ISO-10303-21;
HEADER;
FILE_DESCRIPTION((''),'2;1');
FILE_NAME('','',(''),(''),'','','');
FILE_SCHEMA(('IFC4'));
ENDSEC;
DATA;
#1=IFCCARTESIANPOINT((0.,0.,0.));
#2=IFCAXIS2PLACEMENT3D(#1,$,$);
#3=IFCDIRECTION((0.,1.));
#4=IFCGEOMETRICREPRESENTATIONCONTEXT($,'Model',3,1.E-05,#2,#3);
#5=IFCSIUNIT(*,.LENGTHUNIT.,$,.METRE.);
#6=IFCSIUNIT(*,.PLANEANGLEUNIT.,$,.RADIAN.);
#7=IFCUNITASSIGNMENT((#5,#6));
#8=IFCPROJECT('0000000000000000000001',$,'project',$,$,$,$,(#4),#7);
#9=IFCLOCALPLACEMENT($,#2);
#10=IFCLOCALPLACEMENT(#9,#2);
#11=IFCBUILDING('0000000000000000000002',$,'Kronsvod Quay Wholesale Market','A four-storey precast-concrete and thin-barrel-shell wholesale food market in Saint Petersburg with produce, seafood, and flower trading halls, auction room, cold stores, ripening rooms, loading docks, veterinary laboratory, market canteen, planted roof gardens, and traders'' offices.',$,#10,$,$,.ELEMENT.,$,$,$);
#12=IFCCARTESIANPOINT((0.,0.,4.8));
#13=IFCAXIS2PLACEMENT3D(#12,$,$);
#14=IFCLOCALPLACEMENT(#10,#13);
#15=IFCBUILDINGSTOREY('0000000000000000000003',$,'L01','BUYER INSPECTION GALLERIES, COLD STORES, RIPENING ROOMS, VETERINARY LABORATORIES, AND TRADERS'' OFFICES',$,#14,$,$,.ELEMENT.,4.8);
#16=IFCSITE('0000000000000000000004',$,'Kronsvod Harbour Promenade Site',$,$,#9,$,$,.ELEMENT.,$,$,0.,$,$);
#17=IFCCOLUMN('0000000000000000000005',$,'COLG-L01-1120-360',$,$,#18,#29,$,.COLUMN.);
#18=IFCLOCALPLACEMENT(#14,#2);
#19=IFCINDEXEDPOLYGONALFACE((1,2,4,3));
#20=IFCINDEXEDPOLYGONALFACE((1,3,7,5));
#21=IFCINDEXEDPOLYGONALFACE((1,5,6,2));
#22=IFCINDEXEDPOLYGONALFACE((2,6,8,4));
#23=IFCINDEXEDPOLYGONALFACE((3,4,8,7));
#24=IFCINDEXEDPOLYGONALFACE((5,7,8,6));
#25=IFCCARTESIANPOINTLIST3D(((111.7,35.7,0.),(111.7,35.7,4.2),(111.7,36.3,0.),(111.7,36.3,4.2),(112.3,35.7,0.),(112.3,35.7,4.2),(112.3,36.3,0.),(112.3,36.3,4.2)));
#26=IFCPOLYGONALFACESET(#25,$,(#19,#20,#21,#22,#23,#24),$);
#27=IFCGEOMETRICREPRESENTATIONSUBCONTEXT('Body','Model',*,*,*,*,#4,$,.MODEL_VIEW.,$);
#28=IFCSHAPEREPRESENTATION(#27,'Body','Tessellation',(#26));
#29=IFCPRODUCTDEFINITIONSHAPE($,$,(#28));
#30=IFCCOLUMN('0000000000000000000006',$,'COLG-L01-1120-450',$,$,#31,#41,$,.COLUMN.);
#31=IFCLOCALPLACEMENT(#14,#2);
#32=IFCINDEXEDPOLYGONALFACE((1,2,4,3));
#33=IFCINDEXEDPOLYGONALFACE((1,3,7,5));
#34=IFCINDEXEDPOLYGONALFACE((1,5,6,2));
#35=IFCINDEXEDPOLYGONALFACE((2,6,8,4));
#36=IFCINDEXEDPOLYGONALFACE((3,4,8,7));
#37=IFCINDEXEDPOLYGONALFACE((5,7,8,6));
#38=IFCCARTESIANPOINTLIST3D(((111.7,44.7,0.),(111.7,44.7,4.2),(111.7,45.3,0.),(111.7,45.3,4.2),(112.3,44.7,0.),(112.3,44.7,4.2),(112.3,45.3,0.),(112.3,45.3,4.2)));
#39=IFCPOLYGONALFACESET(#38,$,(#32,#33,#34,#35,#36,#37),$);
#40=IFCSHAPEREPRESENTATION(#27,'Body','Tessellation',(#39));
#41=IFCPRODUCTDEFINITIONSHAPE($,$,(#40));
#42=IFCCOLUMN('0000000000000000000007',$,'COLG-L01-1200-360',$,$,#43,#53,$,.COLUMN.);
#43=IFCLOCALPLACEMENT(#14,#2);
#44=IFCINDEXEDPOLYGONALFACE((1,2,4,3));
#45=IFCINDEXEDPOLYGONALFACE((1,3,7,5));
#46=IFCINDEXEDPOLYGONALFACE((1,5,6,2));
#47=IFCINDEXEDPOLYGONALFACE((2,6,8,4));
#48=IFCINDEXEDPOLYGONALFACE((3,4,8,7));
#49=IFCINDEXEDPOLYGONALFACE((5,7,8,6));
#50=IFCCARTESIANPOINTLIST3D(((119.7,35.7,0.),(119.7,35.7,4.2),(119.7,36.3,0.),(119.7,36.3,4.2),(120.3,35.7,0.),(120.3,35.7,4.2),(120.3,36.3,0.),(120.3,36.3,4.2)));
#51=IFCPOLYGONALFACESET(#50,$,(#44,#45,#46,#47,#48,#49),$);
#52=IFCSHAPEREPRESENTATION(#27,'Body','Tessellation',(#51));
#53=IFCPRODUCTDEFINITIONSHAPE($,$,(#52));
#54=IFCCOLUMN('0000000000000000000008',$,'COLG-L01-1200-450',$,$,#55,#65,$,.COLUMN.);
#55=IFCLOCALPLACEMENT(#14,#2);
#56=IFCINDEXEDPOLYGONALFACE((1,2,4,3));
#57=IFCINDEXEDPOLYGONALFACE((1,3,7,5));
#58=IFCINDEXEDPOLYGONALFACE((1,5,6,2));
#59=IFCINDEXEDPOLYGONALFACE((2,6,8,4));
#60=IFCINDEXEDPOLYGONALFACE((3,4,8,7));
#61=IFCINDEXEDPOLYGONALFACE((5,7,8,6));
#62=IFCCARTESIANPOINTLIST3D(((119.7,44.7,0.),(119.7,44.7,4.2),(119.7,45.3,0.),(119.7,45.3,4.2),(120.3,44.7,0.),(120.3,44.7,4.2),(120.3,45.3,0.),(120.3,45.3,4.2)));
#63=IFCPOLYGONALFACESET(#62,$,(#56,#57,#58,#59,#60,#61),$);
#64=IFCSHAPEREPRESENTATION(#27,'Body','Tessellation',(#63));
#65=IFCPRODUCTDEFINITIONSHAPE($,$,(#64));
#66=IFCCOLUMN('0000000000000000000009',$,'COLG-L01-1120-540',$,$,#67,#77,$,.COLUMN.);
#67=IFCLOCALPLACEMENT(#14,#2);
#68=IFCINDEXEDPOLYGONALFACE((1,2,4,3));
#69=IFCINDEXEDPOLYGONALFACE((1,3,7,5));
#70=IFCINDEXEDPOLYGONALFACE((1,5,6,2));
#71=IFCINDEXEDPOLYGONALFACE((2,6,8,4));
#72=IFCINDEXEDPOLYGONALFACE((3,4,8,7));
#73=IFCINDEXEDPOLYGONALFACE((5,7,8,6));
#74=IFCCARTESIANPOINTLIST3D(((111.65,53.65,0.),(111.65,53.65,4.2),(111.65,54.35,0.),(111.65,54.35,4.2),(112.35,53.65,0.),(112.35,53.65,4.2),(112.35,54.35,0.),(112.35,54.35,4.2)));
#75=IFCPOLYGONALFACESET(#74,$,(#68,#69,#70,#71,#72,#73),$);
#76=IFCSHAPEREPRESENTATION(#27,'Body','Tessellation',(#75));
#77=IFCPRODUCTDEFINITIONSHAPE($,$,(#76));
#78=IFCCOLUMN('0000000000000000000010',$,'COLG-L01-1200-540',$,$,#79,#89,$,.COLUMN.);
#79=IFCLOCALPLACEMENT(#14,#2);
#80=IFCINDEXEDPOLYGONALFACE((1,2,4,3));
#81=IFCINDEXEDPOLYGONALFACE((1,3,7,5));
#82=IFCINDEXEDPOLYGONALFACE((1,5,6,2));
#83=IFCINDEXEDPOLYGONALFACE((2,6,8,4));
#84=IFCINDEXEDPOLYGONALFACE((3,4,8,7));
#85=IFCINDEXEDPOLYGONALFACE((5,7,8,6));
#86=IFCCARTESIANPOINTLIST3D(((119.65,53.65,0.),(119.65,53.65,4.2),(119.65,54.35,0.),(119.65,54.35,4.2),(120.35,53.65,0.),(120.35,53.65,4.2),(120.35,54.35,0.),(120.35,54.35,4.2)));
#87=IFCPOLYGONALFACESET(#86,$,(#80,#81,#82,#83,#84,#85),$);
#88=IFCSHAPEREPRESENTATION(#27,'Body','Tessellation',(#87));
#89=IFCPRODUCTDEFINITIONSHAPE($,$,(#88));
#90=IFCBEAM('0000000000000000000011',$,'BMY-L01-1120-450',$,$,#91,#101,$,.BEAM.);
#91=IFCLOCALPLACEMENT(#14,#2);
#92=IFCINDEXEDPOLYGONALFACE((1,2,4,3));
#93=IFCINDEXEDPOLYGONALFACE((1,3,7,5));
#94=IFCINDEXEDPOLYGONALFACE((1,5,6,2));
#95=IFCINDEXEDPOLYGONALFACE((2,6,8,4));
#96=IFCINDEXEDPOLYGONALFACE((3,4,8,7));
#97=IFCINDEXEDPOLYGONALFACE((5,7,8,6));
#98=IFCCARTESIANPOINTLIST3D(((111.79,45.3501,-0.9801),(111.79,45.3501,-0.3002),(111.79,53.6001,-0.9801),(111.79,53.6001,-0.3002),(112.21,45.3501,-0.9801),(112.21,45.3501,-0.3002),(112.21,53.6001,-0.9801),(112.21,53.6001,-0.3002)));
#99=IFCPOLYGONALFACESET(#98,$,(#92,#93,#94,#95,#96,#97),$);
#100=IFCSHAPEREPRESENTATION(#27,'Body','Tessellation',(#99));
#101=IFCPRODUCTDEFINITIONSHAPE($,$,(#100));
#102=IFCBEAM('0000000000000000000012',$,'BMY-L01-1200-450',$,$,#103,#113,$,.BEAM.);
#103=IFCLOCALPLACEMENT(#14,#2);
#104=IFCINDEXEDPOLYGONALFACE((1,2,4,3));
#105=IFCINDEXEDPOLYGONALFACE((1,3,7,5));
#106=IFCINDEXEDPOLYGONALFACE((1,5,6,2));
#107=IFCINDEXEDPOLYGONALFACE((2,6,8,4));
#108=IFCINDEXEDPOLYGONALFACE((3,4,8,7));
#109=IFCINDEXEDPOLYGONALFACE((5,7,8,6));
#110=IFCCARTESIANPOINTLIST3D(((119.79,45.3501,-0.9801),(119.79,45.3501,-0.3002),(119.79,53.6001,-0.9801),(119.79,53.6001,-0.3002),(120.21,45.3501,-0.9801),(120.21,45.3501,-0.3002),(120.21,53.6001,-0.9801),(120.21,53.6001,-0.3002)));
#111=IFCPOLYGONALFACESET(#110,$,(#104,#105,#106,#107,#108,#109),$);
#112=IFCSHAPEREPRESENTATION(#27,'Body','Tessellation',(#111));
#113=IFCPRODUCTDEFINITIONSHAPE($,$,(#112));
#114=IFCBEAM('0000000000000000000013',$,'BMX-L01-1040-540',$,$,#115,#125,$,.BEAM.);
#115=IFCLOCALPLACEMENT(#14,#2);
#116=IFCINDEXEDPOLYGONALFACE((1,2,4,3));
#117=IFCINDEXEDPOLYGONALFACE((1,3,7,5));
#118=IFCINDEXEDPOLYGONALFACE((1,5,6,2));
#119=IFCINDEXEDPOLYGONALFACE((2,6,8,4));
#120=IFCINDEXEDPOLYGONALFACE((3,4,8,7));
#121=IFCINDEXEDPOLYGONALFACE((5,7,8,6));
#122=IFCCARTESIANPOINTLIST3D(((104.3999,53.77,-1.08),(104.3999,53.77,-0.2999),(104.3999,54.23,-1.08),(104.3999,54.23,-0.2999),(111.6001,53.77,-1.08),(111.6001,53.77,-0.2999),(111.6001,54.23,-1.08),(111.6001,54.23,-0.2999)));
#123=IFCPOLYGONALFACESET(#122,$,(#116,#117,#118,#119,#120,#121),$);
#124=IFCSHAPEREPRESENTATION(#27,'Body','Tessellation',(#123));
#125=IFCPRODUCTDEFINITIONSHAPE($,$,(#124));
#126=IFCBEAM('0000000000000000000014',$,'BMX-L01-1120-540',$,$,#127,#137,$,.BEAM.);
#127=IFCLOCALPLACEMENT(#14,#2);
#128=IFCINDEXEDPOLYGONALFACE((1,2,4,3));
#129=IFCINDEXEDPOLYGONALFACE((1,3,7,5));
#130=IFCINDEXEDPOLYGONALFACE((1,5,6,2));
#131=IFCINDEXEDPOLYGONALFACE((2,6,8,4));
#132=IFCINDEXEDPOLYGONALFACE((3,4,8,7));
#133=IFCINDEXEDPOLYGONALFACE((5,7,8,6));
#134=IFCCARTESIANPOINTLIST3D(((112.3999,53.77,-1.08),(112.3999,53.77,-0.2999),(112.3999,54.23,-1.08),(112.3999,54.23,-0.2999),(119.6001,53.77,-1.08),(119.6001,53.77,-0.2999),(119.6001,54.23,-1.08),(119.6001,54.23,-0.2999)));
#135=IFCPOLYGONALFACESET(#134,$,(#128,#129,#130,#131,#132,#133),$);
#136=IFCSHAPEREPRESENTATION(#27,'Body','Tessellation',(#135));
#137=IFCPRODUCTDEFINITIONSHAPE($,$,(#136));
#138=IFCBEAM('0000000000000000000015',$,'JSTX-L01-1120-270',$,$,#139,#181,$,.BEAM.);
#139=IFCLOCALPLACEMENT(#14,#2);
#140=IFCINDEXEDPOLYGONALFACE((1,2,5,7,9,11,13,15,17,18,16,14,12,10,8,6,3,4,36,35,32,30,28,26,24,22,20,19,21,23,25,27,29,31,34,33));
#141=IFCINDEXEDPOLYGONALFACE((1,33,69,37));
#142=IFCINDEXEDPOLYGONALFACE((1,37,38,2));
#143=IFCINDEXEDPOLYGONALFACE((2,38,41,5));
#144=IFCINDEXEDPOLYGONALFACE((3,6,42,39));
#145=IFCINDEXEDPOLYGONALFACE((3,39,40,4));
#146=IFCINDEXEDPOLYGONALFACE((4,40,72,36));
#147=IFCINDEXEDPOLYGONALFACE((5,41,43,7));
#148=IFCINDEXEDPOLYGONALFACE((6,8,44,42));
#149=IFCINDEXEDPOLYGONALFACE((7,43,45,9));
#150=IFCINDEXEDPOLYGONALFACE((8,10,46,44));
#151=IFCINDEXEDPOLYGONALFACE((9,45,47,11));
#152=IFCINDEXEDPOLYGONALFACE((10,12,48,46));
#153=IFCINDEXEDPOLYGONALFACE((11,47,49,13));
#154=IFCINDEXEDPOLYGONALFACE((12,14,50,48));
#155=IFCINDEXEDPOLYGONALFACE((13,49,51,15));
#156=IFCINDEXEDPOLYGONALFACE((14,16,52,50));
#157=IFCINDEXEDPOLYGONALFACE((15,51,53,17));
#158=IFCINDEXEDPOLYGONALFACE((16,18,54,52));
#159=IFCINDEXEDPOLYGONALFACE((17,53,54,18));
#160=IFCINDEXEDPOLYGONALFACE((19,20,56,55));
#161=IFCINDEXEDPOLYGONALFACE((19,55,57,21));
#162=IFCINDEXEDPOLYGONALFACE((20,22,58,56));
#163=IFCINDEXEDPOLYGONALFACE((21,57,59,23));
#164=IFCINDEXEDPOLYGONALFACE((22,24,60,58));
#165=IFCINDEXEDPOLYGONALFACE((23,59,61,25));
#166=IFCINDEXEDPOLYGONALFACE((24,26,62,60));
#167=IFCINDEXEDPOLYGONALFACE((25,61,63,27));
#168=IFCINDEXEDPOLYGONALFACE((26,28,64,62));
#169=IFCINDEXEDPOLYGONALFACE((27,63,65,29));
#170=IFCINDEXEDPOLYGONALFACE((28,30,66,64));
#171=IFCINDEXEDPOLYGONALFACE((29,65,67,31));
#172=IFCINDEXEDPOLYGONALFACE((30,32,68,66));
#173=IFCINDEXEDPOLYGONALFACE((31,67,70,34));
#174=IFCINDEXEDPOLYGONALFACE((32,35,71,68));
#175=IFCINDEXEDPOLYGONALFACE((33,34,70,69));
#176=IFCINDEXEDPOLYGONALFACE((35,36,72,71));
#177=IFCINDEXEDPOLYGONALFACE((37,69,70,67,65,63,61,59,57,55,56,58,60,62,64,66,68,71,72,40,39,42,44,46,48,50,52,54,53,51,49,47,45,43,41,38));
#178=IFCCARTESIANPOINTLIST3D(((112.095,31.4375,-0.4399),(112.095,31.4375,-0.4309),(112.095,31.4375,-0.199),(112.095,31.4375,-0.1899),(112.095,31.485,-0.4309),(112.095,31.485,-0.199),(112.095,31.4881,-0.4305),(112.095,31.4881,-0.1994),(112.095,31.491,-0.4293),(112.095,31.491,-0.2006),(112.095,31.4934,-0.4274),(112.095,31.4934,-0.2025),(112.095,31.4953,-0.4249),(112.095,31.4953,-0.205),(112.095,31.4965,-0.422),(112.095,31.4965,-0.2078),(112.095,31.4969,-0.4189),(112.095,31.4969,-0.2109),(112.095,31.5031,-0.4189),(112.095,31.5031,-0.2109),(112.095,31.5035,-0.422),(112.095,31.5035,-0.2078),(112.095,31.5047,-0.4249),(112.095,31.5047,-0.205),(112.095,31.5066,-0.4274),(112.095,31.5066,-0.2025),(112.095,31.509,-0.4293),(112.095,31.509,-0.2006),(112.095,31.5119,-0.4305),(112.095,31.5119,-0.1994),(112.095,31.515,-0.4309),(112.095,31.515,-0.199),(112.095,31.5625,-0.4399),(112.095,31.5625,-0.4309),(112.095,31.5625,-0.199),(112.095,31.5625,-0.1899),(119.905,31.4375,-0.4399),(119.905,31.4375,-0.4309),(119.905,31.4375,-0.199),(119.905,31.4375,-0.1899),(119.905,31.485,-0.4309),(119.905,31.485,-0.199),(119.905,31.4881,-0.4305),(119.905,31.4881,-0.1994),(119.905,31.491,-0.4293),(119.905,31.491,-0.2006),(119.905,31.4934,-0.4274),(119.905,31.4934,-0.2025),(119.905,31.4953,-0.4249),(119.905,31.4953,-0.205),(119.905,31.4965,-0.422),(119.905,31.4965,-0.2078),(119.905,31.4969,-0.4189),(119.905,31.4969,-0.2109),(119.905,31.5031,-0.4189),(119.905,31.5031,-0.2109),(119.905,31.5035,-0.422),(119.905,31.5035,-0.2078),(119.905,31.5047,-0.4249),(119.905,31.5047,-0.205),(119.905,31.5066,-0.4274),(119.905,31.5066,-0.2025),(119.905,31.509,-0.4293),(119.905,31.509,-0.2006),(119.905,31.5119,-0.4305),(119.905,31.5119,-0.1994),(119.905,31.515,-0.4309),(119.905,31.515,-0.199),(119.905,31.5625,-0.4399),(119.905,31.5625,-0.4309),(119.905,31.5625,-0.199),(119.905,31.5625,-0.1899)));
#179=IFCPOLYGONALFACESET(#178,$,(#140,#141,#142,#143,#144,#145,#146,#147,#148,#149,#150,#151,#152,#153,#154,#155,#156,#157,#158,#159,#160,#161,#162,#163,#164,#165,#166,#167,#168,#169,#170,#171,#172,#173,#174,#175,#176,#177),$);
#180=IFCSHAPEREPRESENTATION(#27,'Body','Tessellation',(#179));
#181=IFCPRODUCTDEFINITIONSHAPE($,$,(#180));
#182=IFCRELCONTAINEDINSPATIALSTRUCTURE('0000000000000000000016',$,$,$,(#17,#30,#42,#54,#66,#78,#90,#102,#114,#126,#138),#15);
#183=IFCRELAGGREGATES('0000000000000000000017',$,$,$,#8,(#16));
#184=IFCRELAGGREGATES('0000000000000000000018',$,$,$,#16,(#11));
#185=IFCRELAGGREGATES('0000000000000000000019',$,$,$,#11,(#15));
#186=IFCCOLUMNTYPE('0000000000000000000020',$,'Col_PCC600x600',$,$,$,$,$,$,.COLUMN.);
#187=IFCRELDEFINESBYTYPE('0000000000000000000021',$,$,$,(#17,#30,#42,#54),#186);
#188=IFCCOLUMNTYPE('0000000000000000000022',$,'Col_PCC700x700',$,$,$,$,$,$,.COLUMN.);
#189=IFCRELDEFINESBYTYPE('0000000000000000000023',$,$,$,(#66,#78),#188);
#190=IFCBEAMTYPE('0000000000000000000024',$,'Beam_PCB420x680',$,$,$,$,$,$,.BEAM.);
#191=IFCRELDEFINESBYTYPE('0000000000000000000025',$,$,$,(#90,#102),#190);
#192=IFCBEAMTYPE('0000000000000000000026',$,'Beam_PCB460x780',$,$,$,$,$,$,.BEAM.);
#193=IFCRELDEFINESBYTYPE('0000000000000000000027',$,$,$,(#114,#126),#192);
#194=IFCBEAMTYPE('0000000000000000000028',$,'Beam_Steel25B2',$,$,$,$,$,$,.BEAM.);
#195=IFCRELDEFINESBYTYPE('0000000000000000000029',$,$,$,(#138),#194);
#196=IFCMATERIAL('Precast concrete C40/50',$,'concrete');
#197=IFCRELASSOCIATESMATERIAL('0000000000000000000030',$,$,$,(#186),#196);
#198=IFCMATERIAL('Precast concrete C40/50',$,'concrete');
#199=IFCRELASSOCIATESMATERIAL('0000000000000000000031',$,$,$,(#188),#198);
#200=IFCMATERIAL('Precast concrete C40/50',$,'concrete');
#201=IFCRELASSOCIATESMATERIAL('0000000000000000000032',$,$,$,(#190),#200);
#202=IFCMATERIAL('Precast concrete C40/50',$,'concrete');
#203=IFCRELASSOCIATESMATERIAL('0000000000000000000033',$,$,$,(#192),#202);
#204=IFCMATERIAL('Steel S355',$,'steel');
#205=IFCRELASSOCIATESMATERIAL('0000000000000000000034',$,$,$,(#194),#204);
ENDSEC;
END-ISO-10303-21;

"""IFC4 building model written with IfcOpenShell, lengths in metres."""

from ifc_helpers import new_model, si_unit, direction, frame, origin, origin_2d, place, context, subcontext, project, spatial, rectangle, i_section, extrude, material, material_profile, profile_set, type_object, element, save


model = new_model("IFC4")

# Units and contexts
model_context = context("Model", 3, precision=1e-05, world=origin(), true_north=direction((0.0, 1.0)))
body_context = subcontext(model_context, "Body", "Model", "MODEL_VIEW")
ifc_project = project(units=[si_unit("LENGTHUNIT", "METRE"), si_unit("PLANEANGLEUNIT", "RADIAN")], contexts=[model_context])

# Site, building, storey
site_placement = place(None, origin())
site = spatial("IfcSite", under=ifc_project, at=site_placement, Name="Kronsvod Harbour Promenade Site", CompositionType="ELEMENT", RefElevation=0.0)
building_placement = place(site_placement, origin())
building = spatial("IfcBuilding", under=site, at=building_placement, Name="Kronsvod Quay Wholesale Market", Description="A four-storey precast-concrete and thin-barrel-shell wholesale food market in Saint Petersburg with produce, seafood, and flower trading halls, auction room, cold stores, ripening rooms, loading docks, veterinary laboratory, market canteen, planted roof gardens, and traders' offices.", CompositionType="ELEMENT")
storey_placement = place(building_placement, frame((0.0, 0.0, 4.8)))
storey = spatial("IfcBuildingStorey", under=building, at=storey_placement, Name="L01", Description="BUYER INSPECTION GALLERIES, COLD STORES, RIPENING ROOMS, VETERINARY LABORATORIES, AND TRADERS' OFFICES", CompositionType="ELEMENT", Elevation=4.8)

# Columns
ifc_material_1 = material(Name="Precast concrete C40/50", Category="concrete")
ifc_material_profile_1 = material_profile(ifc_material_1, rectangle(XDim=0.6001, YDim=0.6001, at=origin_2d()), Name="PCC600x600")
ifc_profile_set_1 = profile_set([ifc_material_profile_1], Name="Precast concrete C40/50")
column_type_1 = type_object("IfcColumnType", Name="Col_PCC600x600", PredefinedType="COLUMN", material=ifc_profile_set_1)
for number, where, z_axis, x_axis, name in (
    (1, (112.0, 36.0, 0.0), (0.0, 0.0, 1.0), (1.0, 0.0, 0.0), "COLG-L01-1120-360"),
    (2, (112.0, 45.0, 0.0), (0.0, 0.0, 1.0), (1.0, 0.0, 0.0), "COLG-L01-1120-450"),
    (3, (120.0, 36.0, 0.0), (0.0, 0.0, 1.0), (1.0, 0.0, 0.0), "COLG-L01-1200-360"),
    (4, (120.0, 45.0, 0.0), (0.0, 0.0, 1.0), (1.0, 0.0, 0.0), "COLG-L01-1200-450"),
):
    element("IfcColumn", number, at=place(storey_placement, frame(where, z_axis=z_axis, x_axis=x_axis)), inside=storey, type_object=column_type_1, Name=name, PredefinedType="COLUMN", context=body_context, shape_type="SweptSolid", body=[
        extrude(rectangle(XDim=0.6001, YDim=0.6001, at=origin_2d()), origin(), (0.0, 0.0, 1.0), 4.2),
    ])
ifc_material_2 = material(Name="Precast concrete C40/50", Category="concrete")
ifc_material_profile_2 = material_profile(ifc_material_2, rectangle(XDim=0.7, YDim=0.7, at=origin_2d()), Name="PCC700x700")
ifc_profile_set_2 = profile_set([ifc_material_profile_2], Name="Precast concrete C40/50")
column_type_2 = type_object("IfcColumnType", Name="Col_PCC700x700", PredefinedType="COLUMN", material=ifc_profile_set_2)
for number, where, z_axis, x_axis, name in (
    (5, (112.0, 54.0, 0.0), (0.0, 0.0, 1.0), (1.0, 0.0, 0.0), "COLG-L01-1120-540"),
    (6, (120.0, 54.0, 0.0), (0.0, 0.0, 1.0), (1.0, 0.0, 0.0), "COLG-L01-1200-540"),
):
    element("IfcColumn", number, at=place(storey_placement, frame(where, z_axis=z_axis, x_axis=x_axis)), inside=storey, type_object=column_type_2, Name=name, PredefinedType="COLUMN", context=body_context, shape_type="SweptSolid", body=[
        extrude(rectangle(XDim=0.7, YDim=0.7, at=origin_2d()), origin(), (0.0, 0.0, 1.0), 4.2),
    ])

# Beams
ifc_material_3 = material(Name="Precast concrete C40/50", Category="concrete")
ifc_material_profile_3 = material_profile(ifc_material_3, rectangle(XDim=0.4199, YDim=0.6799, at=origin_2d()), Name="PB-05")
ifc_profile_set_3 = profile_set([ifc_material_profile_3], Name="Precast concrete C40/50")
beam_type_1 = type_object("IfcBeamType", Name="Beam_PCB420x680", PredefinedType="BEAM", material=ifc_profile_set_3)
for number, where, z_axis, x_axis, name in (
    (7, (112.0, 45.3501, -0.6401), (0.0, 1.0, 0.0), (-1.0, 0.0, 0.0), "BMY-L01-1120-450"),
    (8, (120.0, 45.3501, -0.6401), (0.0, 1.0, 0.0), (-1.0, 0.0, 0.0), "BMY-L01-1200-450"),
):
    element("IfcBeam", number, at=place(storey_placement, frame(where, z_axis=z_axis, x_axis=x_axis)), inside=storey, type_object=beam_type_1, Name=name, PredefinedType="BEAM", context=body_context, shape_type="SweptSolid", body=[
        extrude(rectangle(XDim=0.4199, YDim=0.6799, at=origin_2d()), origin(), (0.0, 0.0, 1.0), 8.25),
    ])
ifc_material_4 = material(Name="Precast concrete C40/50", Category="concrete")
ifc_material_profile_4 = material_profile(ifc_material_4, rectangle(XDim=0.46, YDim=0.78, at=origin_2d()), Name="PB-03")
ifc_profile_set_4 = profile_set([ifc_material_profile_4], Name="Precast concrete C40/50")
beam_type_2 = type_object("IfcBeamType", Name="Beam_PCB460x780", PredefinedType="BEAM", material=ifc_profile_set_4)
for number, where, z_axis, x_axis, name in (
    (9, (104.3999, 54.0, -0.6899), (1.0, 0.0, 0.0), (0.0, 1.0, 0.0), "BMX-L01-1040-540"),
    (10, (112.3999, 54.0, -0.6899), (1.0, 0.0, 0.0), (0.0, 1.0, 0.0), "BMX-L01-1120-540"),
):
    element("IfcBeam", number, at=place(storey_placement, frame(where, z_axis=z_axis, x_axis=x_axis)), inside=storey, type_object=beam_type_2, Name=name, PredefinedType="BEAM", context=body_context, shape_type="SweptSolid", body=[
        extrude(rectangle(XDim=0.46, YDim=0.78, at=origin_2d()), origin(), (0.0, 0.0, 1.0), 7.2002),
    ])
ifc_material_5 = material(Name="Steel S355", Category="steel")
ifc_material_profile_5 = material_profile(ifc_material_5, i_section(OverallWidth=0.125, OverallDepth=0.25, WebThickness=0.0061, FlangeThickness=0.009, FilletRadius=0.012, at=origin_2d()), Name="25B2")
ifc_profile_set_5 = profile_set([ifc_material_profile_5], Name="Steel S355")
beam_type_3 = type_object("IfcBeamType", Name="Beam_Steel25B2", PredefinedType="BEAM", material=ifc_profile_set_5)
beam_1_placement = place(storey_placement, frame((112.095, 31.5, -0.3149), z_axis=(1.0, 0.0, 0.0), x_axis=(0.0, 1.0, 0.0)))
element("IfcBeam", 11, at=beam_1_placement, inside=storey, type_object=beam_type_3, Name="JSTX-L01-1120-270", PredefinedType="BEAM", context=body_context, shape_type="SweptSolid", body=[
    extrude(i_section(OverallWidth=0.125, OverallDepth=0.25, WebThickness=0.0061, FlangeThickness=0.009, FilletRadius=0.012, at=origin_2d()), origin(), (0.0, 0.0, 1.0), 7.8101),
])

save(model, "model.ifc")
